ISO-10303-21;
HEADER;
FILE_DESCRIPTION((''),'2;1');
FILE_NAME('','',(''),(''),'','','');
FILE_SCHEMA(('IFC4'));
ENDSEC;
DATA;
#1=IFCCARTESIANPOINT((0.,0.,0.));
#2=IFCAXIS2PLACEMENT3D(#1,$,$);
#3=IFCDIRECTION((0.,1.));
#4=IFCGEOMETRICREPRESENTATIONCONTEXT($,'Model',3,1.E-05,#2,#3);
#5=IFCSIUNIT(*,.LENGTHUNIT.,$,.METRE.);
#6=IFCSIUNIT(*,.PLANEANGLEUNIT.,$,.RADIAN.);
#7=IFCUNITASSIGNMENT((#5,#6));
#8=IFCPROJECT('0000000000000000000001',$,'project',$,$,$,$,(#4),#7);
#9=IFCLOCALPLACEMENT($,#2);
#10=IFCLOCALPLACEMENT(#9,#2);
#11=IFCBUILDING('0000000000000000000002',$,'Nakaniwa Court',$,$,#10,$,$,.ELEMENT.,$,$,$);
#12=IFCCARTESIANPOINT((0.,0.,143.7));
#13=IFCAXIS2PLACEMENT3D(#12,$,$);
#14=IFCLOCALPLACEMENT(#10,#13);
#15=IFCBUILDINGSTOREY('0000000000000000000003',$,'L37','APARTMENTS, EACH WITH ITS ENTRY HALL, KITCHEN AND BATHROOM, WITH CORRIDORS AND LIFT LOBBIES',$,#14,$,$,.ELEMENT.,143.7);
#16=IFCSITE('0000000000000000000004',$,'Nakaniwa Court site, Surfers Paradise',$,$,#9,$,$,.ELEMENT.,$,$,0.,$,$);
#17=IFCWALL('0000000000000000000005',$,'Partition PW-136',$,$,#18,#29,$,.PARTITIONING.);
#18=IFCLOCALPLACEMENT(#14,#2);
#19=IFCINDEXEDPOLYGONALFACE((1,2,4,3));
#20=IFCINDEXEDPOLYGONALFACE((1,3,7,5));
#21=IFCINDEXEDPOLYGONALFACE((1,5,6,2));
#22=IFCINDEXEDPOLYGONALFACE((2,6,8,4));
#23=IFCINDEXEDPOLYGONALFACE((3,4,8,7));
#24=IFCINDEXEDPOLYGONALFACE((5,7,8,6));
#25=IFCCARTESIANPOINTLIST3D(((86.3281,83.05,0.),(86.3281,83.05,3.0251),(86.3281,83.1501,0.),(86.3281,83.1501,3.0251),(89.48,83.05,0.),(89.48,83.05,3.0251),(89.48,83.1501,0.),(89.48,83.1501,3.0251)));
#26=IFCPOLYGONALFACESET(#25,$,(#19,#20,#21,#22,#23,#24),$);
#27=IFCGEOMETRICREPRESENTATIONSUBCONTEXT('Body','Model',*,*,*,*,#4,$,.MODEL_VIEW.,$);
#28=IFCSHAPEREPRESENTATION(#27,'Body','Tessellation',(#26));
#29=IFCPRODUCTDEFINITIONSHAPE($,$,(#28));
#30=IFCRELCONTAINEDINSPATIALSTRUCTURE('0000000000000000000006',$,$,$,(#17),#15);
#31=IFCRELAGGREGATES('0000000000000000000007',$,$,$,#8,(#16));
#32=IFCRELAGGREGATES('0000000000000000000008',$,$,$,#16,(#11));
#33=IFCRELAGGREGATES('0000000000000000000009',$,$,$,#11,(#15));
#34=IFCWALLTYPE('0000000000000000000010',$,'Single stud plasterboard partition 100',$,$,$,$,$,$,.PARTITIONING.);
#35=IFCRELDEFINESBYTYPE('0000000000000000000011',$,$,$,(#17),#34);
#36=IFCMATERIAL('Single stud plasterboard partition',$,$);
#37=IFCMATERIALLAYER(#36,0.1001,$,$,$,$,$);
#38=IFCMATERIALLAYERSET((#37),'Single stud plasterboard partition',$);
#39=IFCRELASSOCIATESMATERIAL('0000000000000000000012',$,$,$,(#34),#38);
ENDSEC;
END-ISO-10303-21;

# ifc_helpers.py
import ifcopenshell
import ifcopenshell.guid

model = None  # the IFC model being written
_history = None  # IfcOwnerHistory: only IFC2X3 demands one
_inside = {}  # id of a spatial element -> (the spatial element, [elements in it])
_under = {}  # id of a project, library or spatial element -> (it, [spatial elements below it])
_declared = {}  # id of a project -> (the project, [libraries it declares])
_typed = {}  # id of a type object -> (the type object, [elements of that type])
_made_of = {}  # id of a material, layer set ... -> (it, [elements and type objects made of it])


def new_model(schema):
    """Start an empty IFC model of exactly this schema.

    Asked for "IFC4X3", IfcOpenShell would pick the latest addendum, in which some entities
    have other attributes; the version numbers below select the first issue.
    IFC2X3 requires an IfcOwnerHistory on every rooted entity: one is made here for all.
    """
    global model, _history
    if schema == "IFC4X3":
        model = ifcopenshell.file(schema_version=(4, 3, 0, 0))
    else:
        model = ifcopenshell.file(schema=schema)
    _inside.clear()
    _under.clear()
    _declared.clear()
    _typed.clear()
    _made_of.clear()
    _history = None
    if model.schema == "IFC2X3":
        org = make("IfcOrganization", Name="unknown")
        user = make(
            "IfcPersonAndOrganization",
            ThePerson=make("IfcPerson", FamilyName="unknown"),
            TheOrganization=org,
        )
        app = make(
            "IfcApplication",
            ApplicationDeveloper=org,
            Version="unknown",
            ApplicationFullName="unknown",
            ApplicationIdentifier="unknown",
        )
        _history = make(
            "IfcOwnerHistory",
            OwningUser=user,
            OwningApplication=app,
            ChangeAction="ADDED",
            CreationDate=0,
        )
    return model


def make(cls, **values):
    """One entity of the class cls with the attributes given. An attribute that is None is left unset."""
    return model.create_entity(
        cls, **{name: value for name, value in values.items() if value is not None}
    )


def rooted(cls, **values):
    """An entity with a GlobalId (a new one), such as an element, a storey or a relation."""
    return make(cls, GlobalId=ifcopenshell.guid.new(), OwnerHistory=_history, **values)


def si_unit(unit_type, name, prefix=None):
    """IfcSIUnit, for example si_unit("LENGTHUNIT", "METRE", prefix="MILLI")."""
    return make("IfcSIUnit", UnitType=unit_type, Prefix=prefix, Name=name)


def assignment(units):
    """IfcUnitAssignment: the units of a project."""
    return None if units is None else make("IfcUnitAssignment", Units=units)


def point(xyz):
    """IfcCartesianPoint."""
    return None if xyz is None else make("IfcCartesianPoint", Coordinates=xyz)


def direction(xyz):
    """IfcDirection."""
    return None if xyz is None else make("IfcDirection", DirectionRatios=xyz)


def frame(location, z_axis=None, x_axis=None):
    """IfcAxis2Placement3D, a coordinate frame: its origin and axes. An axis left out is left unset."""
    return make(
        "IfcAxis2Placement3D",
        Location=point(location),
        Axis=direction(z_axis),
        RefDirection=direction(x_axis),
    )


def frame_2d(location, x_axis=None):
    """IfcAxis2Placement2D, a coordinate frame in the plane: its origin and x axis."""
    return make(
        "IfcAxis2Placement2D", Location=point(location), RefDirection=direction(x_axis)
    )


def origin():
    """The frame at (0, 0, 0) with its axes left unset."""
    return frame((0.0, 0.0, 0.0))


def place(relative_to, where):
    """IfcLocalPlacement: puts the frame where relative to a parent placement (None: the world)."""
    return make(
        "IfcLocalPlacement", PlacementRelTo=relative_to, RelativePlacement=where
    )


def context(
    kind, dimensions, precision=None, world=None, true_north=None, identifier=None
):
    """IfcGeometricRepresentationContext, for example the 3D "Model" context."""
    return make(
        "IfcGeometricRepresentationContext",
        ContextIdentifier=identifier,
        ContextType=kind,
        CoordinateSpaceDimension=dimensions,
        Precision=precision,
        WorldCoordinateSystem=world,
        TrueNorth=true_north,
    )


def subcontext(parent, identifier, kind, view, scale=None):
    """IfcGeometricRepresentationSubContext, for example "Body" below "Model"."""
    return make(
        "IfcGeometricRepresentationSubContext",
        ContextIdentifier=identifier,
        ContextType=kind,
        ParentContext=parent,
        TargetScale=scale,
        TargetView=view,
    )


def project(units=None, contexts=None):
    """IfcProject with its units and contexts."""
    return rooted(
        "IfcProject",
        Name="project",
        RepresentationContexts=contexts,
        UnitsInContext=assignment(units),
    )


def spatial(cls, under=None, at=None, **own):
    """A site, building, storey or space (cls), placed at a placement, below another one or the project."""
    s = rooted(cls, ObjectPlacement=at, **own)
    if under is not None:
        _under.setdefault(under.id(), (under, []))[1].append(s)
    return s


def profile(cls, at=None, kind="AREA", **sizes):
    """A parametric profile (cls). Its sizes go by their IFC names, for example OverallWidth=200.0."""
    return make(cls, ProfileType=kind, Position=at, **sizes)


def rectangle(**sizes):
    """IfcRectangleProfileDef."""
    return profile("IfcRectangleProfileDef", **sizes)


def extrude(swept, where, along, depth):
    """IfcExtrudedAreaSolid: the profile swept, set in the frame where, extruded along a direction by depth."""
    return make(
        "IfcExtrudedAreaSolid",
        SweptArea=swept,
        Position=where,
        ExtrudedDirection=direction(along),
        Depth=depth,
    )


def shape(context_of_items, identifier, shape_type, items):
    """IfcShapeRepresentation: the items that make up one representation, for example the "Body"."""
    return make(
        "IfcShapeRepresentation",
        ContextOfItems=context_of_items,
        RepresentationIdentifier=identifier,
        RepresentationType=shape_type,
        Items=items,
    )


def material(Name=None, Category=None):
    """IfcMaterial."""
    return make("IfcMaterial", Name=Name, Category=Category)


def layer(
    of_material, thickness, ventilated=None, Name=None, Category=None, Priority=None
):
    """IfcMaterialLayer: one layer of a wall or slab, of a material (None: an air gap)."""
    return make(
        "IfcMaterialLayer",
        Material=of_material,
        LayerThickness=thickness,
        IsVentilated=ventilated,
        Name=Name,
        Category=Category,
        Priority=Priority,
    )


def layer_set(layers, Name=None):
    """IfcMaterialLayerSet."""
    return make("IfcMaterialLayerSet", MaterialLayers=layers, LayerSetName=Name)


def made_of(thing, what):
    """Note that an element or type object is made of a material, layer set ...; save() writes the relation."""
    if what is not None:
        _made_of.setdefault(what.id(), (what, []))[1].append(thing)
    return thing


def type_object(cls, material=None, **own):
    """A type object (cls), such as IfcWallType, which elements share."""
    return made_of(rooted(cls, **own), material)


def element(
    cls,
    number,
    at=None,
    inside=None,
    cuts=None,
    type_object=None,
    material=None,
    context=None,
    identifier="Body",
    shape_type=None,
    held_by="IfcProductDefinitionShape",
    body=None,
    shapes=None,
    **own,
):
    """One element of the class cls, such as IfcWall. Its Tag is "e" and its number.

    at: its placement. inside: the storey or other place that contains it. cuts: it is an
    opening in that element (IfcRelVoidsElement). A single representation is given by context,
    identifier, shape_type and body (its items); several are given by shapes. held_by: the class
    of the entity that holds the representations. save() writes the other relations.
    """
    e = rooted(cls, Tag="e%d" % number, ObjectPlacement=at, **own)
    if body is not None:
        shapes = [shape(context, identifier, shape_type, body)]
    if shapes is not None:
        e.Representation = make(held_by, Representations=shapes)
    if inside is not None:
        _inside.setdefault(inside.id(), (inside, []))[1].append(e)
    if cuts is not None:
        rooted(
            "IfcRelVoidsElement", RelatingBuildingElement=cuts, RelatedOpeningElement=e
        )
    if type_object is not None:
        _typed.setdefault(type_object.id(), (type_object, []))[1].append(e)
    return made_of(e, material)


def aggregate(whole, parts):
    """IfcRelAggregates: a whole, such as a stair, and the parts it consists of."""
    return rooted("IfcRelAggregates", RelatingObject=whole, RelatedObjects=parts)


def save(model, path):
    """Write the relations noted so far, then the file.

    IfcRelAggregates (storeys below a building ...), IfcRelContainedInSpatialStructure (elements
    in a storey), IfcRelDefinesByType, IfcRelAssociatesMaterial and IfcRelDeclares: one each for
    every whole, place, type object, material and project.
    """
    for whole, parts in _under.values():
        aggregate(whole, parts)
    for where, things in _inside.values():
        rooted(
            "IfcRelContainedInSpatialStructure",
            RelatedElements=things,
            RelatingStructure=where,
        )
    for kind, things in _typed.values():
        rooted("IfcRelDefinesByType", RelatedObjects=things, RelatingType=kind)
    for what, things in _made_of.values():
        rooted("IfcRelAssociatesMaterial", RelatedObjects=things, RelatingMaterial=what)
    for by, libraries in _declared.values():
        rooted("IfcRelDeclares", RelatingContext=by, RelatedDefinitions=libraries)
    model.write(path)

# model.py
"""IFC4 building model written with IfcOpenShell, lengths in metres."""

from ifc_helpers import new_model, si_unit, direction, frame, frame_2d, origin, place, context, subcontext, project, spatial, rectangle, extrude, material, layer, layer_set, type_object, element, save


model = new_model("IFC4")

# Units and contexts
model_context = context("Model", 3, precision=1e-05, world=origin(), true_north=direction((0.0, 1.0)))
body_context = subcontext(model_context, "Body", "Model", "MODEL_VIEW")
ifc_project = project(units=[si_unit("LENGTHUNIT", "METRE"), si_unit("PLANEANGLEUNIT", "RADIAN")], contexts=[model_context])

# Site, building, storey
site_placement = place(None, origin())
site = spatial("IfcSite", under=ifc_project, at=site_placement, Name="Nakaniwa Court site, Surfers Paradise", CompositionType="ELEMENT", RefElevation=0.0)
building_placement = place(site_placement, origin())
building = spatial("IfcBuilding", under=site, at=building_placement, Name="Nakaniwa Court", CompositionType="ELEMENT")
storey_placement = place(building_placement, frame((0.0, 0.0, 143.7)))
storey = spatial("IfcBuildingStorey", under=building, at=storey_placement, Name="L37", Description="APARTMENTS, EACH WITH ITS ENTRY HALL, KITCHEN AND BATHROOM, WITH CORRIDORS AND LIFT LOBBIES", CompositionType="ELEMENT", Elevation=143.7)

# Wall
ifc_material_1 = material(Name="Single stud plasterboard partition")
ifc_layer_1 = layer(ifc_material_1, 0.1001)
ifc_layer_set_1 = layer_set([ifc_layer_1], Name="Single stud plasterboard partition")
wall_type_1 = type_object("IfcWallType", Name="Single stud plasterboard partition 100", PredefinedType="PARTITIONING", material=ifc_layer_set_1)
wall_1_placement = place(storey_placement, frame((86.3281, 83.1001, 0.0), z_axis=(0.0, 0.0, 1.0), x_axis=(1.0, 0.0, 0.0)))
element("IfcWall", 1, at=wall_1_placement, inside=storey, type_object=wall_type_1, Name="Partition PW-136", PredefinedType="PARTITIONING", context=body_context, shape_type="SweptSolid", body=[
    extrude(rectangle(XDim=3.1519, YDim=0.1001, at=frame_2d((1.5759, 0.0))), origin(), (0.0, 0.0, 1.0), 3.0251),
])

save(model, "model.ifc")
